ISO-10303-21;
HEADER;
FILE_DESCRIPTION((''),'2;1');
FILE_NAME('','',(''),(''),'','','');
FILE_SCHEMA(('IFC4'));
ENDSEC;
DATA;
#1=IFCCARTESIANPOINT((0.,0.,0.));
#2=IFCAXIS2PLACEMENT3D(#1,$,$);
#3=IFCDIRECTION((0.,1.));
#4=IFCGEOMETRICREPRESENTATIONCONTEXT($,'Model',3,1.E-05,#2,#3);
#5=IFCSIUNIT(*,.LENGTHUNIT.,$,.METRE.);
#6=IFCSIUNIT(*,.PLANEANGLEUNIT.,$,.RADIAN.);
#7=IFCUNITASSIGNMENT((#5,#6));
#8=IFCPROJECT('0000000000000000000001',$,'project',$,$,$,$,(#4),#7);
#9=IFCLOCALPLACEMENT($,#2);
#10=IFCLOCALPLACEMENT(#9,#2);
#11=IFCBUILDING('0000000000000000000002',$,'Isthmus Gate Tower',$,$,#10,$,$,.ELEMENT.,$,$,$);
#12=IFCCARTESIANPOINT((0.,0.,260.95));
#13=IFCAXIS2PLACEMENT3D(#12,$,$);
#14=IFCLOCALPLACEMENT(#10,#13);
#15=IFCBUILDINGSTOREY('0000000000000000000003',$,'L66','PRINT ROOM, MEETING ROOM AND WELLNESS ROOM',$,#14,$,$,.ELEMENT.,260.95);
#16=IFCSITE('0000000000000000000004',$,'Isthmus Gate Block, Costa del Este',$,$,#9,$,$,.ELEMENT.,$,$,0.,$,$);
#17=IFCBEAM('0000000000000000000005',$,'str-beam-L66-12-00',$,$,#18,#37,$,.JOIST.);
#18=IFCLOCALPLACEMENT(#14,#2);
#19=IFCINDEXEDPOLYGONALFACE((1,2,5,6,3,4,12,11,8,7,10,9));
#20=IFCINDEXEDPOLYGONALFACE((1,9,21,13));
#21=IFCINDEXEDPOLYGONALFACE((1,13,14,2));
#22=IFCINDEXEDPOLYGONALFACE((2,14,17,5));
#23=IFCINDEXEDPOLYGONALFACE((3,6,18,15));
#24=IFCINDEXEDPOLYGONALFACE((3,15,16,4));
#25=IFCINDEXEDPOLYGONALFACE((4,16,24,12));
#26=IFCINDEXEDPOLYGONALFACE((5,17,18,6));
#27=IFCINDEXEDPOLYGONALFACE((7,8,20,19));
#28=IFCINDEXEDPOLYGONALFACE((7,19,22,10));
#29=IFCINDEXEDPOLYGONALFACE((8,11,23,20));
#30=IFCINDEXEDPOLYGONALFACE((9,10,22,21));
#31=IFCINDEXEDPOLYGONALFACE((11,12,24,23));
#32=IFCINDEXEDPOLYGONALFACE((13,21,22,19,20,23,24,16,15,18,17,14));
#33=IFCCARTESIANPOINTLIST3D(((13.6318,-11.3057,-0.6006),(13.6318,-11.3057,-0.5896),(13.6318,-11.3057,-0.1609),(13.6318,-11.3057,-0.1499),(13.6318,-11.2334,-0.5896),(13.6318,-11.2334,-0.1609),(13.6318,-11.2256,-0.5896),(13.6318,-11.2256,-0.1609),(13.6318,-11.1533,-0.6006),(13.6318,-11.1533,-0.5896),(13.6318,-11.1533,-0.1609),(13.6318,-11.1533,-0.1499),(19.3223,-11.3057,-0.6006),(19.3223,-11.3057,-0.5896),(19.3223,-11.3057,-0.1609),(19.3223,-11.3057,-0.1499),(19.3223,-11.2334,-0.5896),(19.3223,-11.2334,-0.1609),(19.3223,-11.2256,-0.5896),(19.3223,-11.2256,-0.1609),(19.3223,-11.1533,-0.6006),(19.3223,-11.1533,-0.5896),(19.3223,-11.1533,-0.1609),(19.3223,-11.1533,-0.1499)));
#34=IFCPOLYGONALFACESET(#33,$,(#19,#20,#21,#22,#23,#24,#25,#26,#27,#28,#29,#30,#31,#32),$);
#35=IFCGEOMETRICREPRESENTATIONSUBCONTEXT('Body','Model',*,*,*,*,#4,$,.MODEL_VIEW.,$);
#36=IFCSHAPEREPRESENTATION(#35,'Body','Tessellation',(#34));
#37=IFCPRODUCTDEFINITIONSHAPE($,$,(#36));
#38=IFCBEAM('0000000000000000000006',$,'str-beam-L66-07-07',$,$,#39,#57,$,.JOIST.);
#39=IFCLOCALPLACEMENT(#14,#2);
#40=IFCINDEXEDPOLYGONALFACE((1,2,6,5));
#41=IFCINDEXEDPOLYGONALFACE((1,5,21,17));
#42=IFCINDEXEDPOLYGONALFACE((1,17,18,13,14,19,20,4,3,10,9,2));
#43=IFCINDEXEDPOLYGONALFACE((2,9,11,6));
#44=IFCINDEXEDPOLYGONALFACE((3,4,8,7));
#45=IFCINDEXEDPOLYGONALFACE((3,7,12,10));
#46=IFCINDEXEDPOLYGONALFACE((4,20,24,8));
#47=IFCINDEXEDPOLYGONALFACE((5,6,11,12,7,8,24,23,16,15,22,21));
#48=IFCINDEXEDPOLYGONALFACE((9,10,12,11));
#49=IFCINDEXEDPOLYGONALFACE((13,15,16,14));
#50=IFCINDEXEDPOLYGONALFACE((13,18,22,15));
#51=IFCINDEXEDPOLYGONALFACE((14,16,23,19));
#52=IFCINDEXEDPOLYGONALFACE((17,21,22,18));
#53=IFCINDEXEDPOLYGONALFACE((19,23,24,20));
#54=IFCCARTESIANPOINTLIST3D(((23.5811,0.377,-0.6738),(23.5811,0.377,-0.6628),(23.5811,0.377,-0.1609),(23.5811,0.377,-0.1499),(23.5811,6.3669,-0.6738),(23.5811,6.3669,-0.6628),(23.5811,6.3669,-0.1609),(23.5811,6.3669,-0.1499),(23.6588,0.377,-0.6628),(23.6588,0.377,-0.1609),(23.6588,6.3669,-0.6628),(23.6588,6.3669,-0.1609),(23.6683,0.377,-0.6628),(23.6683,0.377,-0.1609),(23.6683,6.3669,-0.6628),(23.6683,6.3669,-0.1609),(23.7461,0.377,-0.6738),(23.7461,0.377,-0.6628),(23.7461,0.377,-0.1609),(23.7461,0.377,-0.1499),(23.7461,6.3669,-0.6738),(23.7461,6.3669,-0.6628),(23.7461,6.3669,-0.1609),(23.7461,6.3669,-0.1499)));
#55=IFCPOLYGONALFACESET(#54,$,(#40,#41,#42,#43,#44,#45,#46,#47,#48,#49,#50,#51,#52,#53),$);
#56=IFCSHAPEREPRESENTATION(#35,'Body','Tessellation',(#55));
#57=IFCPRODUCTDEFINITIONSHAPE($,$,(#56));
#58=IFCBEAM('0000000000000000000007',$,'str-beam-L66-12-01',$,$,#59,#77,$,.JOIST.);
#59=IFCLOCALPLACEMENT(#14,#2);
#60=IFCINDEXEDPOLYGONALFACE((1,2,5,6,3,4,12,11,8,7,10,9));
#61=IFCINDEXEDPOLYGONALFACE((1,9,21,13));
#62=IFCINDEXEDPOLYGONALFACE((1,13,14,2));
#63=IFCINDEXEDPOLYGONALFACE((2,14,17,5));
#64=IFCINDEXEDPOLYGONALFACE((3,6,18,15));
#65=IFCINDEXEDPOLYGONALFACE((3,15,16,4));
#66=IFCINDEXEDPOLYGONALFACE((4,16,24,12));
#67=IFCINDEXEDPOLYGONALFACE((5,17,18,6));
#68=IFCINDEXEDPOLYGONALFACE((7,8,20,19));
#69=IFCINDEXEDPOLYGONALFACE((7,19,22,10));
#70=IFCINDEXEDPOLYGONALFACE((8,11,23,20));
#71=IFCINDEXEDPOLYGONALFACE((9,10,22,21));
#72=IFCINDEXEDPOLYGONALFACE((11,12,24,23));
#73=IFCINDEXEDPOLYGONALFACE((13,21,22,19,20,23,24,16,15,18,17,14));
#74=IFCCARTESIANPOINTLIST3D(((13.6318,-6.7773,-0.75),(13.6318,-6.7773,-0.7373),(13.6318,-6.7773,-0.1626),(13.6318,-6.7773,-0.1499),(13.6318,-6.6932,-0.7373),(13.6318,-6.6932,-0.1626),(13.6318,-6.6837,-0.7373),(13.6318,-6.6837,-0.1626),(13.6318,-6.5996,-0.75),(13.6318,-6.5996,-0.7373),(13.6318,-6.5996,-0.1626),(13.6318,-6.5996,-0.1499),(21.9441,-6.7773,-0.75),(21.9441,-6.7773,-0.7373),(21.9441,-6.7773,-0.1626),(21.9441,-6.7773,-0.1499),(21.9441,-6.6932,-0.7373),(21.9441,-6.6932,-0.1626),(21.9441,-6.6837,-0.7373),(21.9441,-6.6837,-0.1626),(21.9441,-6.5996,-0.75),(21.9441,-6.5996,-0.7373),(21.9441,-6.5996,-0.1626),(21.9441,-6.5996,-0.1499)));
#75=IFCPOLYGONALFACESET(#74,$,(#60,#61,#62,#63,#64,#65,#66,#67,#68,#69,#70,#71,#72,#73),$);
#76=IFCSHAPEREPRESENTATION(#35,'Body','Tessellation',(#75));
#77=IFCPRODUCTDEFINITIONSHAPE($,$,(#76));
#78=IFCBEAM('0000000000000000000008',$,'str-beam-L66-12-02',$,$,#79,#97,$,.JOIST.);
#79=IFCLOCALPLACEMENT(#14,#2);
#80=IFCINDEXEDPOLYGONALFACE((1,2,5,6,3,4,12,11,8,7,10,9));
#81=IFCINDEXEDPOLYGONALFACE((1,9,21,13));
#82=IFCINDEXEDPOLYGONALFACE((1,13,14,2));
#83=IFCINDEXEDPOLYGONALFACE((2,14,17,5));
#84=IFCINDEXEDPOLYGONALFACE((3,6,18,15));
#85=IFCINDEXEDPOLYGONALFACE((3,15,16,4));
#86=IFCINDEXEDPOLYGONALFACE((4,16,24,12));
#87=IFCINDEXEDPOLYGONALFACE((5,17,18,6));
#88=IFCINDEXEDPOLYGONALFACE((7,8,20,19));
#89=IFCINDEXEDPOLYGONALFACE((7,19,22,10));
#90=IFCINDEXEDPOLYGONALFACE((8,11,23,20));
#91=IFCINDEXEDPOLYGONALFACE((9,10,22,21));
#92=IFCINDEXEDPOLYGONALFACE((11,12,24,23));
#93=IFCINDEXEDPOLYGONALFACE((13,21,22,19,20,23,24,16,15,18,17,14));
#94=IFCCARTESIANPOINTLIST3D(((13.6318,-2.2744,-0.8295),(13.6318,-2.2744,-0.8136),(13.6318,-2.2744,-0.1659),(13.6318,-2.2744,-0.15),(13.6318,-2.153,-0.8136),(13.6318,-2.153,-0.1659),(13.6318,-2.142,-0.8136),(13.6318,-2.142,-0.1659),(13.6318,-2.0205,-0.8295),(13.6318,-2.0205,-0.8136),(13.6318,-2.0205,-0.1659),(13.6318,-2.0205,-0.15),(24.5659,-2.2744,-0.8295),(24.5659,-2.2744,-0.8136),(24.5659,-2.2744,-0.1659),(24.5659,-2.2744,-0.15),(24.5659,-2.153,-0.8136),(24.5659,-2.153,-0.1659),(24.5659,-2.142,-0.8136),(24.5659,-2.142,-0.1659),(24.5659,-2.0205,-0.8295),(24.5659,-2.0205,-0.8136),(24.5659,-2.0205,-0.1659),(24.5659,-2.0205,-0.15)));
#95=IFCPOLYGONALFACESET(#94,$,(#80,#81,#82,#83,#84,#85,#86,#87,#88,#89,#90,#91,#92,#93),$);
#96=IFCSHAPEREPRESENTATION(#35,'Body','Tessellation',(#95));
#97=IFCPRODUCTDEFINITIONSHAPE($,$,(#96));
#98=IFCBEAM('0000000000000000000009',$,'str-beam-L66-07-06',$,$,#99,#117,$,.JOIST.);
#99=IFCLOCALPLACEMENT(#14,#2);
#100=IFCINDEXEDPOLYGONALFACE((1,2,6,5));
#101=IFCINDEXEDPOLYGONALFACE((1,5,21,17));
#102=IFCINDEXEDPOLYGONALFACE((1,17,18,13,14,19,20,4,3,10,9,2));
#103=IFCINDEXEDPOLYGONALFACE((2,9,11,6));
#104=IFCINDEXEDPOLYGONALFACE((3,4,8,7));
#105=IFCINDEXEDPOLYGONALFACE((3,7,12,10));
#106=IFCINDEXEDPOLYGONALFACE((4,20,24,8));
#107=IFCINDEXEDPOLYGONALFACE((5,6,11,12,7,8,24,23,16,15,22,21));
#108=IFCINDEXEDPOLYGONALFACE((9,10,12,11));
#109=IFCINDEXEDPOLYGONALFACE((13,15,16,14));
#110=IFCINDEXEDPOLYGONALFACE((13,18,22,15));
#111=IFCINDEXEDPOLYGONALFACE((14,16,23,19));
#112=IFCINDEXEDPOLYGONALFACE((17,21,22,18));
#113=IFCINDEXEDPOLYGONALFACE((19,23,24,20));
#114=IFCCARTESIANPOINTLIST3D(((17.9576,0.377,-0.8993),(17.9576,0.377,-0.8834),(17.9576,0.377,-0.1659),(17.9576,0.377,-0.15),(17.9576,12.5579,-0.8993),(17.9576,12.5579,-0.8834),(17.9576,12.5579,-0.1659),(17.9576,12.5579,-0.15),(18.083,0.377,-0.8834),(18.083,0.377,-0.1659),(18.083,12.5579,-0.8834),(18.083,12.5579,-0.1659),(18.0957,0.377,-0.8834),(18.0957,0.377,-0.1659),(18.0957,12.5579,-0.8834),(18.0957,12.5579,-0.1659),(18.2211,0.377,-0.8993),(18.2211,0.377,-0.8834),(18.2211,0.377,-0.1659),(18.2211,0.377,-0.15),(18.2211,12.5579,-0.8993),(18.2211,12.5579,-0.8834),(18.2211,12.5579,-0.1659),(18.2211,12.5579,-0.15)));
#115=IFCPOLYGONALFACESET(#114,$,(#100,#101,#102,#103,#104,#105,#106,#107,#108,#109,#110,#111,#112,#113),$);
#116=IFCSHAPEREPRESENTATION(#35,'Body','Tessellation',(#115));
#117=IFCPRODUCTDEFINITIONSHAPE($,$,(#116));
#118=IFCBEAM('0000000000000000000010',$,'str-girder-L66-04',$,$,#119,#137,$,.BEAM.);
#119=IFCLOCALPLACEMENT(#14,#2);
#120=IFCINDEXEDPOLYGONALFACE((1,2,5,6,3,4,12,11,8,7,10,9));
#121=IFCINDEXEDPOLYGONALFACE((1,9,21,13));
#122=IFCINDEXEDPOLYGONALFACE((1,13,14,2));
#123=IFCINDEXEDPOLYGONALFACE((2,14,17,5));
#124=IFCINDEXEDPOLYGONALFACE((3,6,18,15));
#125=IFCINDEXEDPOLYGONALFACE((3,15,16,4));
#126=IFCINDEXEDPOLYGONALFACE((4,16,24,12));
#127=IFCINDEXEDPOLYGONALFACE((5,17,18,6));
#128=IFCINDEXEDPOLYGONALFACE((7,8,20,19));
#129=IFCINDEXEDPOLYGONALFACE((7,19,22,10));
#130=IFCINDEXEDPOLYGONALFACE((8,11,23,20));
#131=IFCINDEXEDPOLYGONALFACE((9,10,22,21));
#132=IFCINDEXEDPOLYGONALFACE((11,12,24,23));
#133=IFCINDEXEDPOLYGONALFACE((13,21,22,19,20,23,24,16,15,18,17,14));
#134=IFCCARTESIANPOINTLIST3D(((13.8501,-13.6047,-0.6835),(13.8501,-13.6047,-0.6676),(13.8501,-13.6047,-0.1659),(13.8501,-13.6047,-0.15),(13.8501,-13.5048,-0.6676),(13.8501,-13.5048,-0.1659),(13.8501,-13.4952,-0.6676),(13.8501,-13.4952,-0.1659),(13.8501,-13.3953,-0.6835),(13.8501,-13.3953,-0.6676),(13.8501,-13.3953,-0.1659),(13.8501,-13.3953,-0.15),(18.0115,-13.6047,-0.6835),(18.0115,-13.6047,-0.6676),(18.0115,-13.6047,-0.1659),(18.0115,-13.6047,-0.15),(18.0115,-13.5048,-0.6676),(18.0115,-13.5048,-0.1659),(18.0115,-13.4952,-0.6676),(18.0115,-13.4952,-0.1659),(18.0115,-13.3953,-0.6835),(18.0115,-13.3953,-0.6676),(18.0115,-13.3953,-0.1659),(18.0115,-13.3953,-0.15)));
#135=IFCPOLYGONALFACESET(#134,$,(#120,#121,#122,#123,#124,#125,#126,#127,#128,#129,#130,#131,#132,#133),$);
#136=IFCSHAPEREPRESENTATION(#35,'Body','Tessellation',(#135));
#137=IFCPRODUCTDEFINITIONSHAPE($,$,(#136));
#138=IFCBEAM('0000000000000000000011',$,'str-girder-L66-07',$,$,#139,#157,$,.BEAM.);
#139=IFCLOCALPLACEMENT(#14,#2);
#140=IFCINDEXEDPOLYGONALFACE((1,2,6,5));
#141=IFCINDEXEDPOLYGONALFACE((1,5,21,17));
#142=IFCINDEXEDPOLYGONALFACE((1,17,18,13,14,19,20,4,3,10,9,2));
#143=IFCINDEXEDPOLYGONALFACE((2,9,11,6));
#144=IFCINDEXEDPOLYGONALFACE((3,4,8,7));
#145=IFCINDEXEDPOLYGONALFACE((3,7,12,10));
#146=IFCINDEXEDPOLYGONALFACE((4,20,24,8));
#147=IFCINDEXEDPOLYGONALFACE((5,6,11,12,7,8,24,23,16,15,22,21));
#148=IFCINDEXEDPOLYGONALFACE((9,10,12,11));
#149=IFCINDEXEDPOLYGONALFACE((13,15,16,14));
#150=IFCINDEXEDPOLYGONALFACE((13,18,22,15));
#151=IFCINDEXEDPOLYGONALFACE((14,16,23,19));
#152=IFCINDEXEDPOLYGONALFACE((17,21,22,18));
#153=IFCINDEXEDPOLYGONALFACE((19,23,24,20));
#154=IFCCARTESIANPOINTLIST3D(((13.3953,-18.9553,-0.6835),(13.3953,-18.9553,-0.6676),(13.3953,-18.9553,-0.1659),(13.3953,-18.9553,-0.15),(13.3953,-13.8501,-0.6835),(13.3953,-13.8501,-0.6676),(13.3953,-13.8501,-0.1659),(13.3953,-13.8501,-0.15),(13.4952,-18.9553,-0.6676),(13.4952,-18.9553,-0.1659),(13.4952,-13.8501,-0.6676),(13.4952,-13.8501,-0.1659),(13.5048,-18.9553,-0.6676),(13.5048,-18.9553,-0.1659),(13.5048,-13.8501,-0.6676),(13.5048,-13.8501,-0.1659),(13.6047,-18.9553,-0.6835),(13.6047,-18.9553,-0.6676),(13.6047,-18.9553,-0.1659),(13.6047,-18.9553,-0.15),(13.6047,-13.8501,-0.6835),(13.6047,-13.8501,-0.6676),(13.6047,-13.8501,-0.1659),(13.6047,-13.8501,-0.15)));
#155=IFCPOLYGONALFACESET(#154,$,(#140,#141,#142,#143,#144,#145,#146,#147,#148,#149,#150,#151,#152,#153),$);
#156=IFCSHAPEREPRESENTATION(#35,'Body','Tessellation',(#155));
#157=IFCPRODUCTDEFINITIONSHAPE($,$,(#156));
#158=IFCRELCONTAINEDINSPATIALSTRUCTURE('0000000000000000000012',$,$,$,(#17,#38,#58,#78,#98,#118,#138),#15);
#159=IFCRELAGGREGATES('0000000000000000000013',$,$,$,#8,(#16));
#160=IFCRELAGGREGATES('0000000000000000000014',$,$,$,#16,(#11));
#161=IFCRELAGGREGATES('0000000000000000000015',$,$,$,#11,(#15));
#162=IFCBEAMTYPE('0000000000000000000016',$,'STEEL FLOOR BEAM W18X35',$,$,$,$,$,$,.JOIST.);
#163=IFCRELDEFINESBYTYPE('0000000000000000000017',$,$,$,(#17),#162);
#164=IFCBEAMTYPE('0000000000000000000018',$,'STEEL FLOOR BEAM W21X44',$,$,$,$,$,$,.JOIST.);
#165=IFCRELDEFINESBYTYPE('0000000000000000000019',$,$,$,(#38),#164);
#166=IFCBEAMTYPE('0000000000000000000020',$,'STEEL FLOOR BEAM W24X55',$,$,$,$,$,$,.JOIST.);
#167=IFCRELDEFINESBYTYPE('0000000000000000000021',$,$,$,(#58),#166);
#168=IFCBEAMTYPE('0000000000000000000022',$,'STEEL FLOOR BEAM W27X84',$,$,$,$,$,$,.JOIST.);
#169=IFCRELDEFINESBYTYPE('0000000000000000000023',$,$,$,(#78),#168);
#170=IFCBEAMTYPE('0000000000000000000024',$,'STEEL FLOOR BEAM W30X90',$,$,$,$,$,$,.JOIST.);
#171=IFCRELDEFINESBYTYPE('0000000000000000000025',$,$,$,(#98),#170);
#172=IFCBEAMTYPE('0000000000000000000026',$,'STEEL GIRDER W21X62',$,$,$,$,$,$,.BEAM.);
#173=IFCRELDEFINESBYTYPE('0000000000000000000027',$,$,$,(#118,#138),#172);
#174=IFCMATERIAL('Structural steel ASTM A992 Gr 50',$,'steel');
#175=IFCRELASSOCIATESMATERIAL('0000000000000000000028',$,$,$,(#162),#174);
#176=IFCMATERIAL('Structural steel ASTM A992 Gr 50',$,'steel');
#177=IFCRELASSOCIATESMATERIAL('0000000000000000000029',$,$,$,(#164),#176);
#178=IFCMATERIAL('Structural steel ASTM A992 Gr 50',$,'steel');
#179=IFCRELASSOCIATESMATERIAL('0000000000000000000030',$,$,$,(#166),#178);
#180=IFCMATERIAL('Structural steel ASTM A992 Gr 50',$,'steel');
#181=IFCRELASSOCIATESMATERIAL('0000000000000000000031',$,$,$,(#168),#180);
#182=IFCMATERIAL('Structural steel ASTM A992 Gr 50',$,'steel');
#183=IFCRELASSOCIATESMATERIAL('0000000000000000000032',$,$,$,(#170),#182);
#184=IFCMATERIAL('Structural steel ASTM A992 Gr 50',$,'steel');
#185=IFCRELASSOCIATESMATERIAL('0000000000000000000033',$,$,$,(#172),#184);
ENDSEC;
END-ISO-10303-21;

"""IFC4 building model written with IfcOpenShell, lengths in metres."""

from ifc_helpers import new_model, si_unit, direction, frame, origin, origin_2d, place, context, subcontext, project, spatial, i_section, extrude, material, material_profile, profile_set, type_object, element, save


model = new_model("IFC4")

# Units and contexts
model_context = context("Model", 3, precision=1e-05, world=origin(), true_north=direction((0.0, 1.0)))
body_context = subcontext(model_context, "Body", "Model", "MODEL_VIEW")
ifc_project = project(units=[si_unit("LENGTHUNIT", "METRE"), si_unit("PLANEANGLEUNIT", "RADIAN")], contexts=[model_context])

# Site, building, storey
site_placement = place(None, origin())
site = spatial("IfcSite", under=ifc_project, at=site_placement, Name="Isthmus Gate Block, Costa del Este", CompositionType="ELEMENT", RefElevation=0.0)
building_placement = place(site_placement, origin())
building = spatial("IfcBuilding", under=site, at=building_placement, Name="Isthmus Gate Tower", CompositionType="ELEMENT")
storey_placement = place(building_placement, frame((0.0, 0.0, 260.95)))
storey = spatial("IfcBuildingStorey", under=building, at=storey_placement, Name="L66", Description="PRINT ROOM, MEETING ROOM AND WELLNESS ROOM", CompositionType="ELEMENT", Elevation=260.95)

# Beams
ifc_material_1 = material(Name="Structural steel ASTM A992 Gr 50", Category="steel")
ifc_material_profile_1 = material_profile(ifc_material_1, i_section(OverallWidth=0.1523, OverallDepth=0.4507, WebThickness=0.0078, FlangeThickness=0.011, at=origin_2d()), Name="W18X35")
ifc_profile_set_1 = profile_set([ifc_material_profile_1], Name="Structural steel ASTM A992 Gr 50")
beam_type_1 = type_object("IfcBeamType", Name="STEEL FLOOR BEAM W18X35", PredefinedType="JOIST", material=ifc_profile_set_1)
beam_1_placement = place(storey_placement, frame((13.6318, -11.2295, -0.3752), z_axis=(1.0, 0.0, 0.0), x_axis=(0.0, 1.0, 0.0)))
element("IfcBeam", 1, at=beam_1_placement, inside=storey, type_object=beam_type_1, Name="str-beam-L66-12-00", PredefinedType="JOIST", context=body_context, shape_type="SweptSolid", body=[
    extrude(i_section(OverallWidth=0.1523, OverallDepth=0.4507, WebThickness=0.0078, FlangeThickness=0.011, at=origin_2d()), origin(), (0.0, 0.0, 1.0), 5.6904),
])
ifc_material_2 = material(Name="Structural steel ASTM A992 Gr 50", Category="steel")
ifc_material_profile_2 = material_profile(ifc_material_2, i_section(OverallWidth=0.165, OverallDepth=0.5239, WebThickness=0.0095, FlangeThickness=0.011, at=origin_2d()), Name="W21X44")
ifc_profile_set_2 = profile_set([ifc_material_profile_2], Name="Structural steel ASTM A992 Gr 50")
beam_type_2 = type_object("IfcBeamType", Name="STEEL FLOOR BEAM W21X44", PredefinedType="JOIST", material=ifc_profile_set_2)
beam_2_placement = place(storey_placement, frame((23.6636, 0.377, -0.4119), z_axis=(0.0, 1.0, 0.0), x_axis=(-1.0, 0.0, 0.0)))
element("IfcBeam", 2, at=beam_2_placement, inside=storey, type_object=beam_type_2, Name="str-beam-L66-07-07", PredefinedType="JOIST", context=body_context, shape_type="SweptSolid", body=[
    extrude(i_section(OverallWidth=0.165, OverallDepth=0.5239, WebThickness=0.0095, FlangeThickness=0.011, at=origin_2d()), origin(), (0.0, 0.0, 1.0), 5.99),
])
ifc_material_3 = material(Name="Structural steel ASTM A992 Gr 50", Category="steel")
ifc_material_profile_3 = material_profile(ifc_material_3, i_section(OverallWidth=0.1777, OverallDepth=0.6001, WebThickness=0.0095, FlangeThickness=0.0127, at=origin_2d()), Name="W24X55")
ifc_profile_set_3 = profile_set([ifc_material_profile_3], Name="Structural steel ASTM A992 Gr 50")
beam_type_3 = type_object("IfcBeamType", Name="STEEL FLOOR BEAM W24X55", PredefinedType="JOIST", material=ifc_profile_set_3)
beam_3_placement = place(storey_placement, frame((13.6318, -6.6885, -0.45), z_axis=(1.0, 0.0, 0.0), x_axis=(0.0, 1.0, 0.0)))
element("IfcBeam", 3, at=beam_3_placement, inside=storey, type_object=beam_type_3, Name="str-beam-L66-12-01", PredefinedType="JOIST", context=body_context, shape_type="SweptSolid", body=[
    extrude(i_section(OverallWidth=0.1777, OverallDepth=0.6001, WebThickness=0.0095, FlangeThickness=0.0127, at=origin_2d()), origin(), (0.0, 0.0, 1.0), 8.3123),
])
ifc_material_4 = material(Name="Structural steel ASTM A992 Gr 50", Category="steel")
ifc_material_profile_4 = material_profile(ifc_material_4, i_section(OverallWidth=0.2539, OverallDepth=0.6794, WebThickness=0.011, FlangeThickness=0.0159, at=origin_2d()), Name="W27X84")
ifc_profile_set_4 = profile_set([ifc_material_profile_4], Name="Structural steel ASTM A992 Gr 50")
beam_type_4 = type_object("IfcBeamType", Name="STEEL FLOOR BEAM W27X84", PredefinedType="JOIST", material=ifc_profile_set_4)
beam_4_placement = place(storey_placement, frame((13.6318, -2.1475, -0.4897), z_axis=(1.0, 0.0, 0.0), x_axis=(0.0, 1.0, 0.0)))
element("IfcBeam", 4, at=beam_4_placement, inside=storey, type_object=beam_type_4, Name="str-beam-L66-12-02", PredefinedType="JOIST", context=body_context, shape_type="SweptSolid", body=[
    extrude(i_section(OverallWidth=0.2539, OverallDepth=0.6794, WebThickness=0.011, FlangeThickness=0.0159, at=origin_2d()), origin(), (0.0, 0.0, 1.0), 10.9341),
])
ifc_material_5 = material(Name="Structural steel ASTM A992 Gr 50", Category="steel")
ifc_material_profile_5 = material_profile(ifc_material_5, i_section(OverallWidth=0.2634, OverallDepth=0.7493, WebThickness=0.0127, FlangeThickness=0.0159, at=origin_2d()), Name="W30X90")
ifc_profile_set_5 = profile_set([ifc_material_profile_5], Name="Structural steel ASTM A992 Gr 50")
beam_type_5 = type_object("IfcBeamType", Name="STEEL FLOOR BEAM W30X90", PredefinedType="JOIST", material=ifc_profile_set_5)
beam_5_placement = place(storey_placement, frame((18.0894, 0.377, -0.5247), z_axis=(0.0, 1.0, 0.0), x_axis=(-1.0, 0.0, 0.0)))
element("IfcBeam", 5, at=beam_5_placement, inside=storey, type_object=beam_type_5, Name="str-beam-L66-07-06", PredefinedType="JOIST", context=body_context, shape_type="SweptSolid", body=[
    extrude(i_section(OverallWidth=0.2634, OverallDepth=0.7493, WebThickness=0.0127, FlangeThickness=0.0159, at=origin_2d()), origin(), (0.0, 0.0, 1.0), 12.1809),
])
ifc_material_6 = material(Name="Structural steel ASTM A992 Gr 50", Category="steel")
ifc_material_profile_6 = material_profile(ifc_material_6, i_section(OverallWidth=0.2095, OverallDepth=0.5334, WebThickness=0.0095, FlangeThickness=0.0159, at=origin_2d()), Name="W21X62")
ifc_profile_set_6 = profile_set([ifc_material_profile_6], Name="Structural steel ASTM A992 Gr 50")
beam_type_6 = type_object("IfcBeamType", Name="STEEL GIRDER W21X62", PredefinedType="BEAM", material=ifc_profile_set_6)
beam_6_placement = place(storey_placement, frame((13.8501, -13.5, -0.4167), z_axis=(1.0, 0.0, 0.0), x_axis=(0.0, 1.0, 0.0)))
element("IfcBeam", 6, at=beam_6_placement, inside=storey, type_object=beam_type_6, Name="str-girder-L66-04", PredefinedType="BEAM", context=body_context, shape_type="SweptSolid", body=[
    extrude(i_section(OverallWidth=0.2095, OverallDepth=0.5334, WebThickness=0.0095, FlangeThickness=0.0159, at=origin_2d()), origin(), (0.0, 0.0, 1.0), 4.1614),
])
beam_7_placement = place(storey_placement, frame((13.5, -18.9553, -0.4167), z_axis=(0.0, 1.0, 0.0), x_axis=(-1.0, 0.0, 0.0)))
element("IfcBeam", 7, at=beam_7_placement, inside=storey, type_object=beam_type_6, Name="str-girder-L66-07", PredefinedType="BEAM", context=body_context, shape_type="SweptSolid", body=[
    extrude(i_section(OverallWidth=0.2095, OverallDepth=0.5334, WebThickness=0.0095, FlangeThickness=0.0159, at=origin_2d()), origin(), (0.0, 0.0, 1.0), 5.1052),
])

save(model, "model.ifc")
